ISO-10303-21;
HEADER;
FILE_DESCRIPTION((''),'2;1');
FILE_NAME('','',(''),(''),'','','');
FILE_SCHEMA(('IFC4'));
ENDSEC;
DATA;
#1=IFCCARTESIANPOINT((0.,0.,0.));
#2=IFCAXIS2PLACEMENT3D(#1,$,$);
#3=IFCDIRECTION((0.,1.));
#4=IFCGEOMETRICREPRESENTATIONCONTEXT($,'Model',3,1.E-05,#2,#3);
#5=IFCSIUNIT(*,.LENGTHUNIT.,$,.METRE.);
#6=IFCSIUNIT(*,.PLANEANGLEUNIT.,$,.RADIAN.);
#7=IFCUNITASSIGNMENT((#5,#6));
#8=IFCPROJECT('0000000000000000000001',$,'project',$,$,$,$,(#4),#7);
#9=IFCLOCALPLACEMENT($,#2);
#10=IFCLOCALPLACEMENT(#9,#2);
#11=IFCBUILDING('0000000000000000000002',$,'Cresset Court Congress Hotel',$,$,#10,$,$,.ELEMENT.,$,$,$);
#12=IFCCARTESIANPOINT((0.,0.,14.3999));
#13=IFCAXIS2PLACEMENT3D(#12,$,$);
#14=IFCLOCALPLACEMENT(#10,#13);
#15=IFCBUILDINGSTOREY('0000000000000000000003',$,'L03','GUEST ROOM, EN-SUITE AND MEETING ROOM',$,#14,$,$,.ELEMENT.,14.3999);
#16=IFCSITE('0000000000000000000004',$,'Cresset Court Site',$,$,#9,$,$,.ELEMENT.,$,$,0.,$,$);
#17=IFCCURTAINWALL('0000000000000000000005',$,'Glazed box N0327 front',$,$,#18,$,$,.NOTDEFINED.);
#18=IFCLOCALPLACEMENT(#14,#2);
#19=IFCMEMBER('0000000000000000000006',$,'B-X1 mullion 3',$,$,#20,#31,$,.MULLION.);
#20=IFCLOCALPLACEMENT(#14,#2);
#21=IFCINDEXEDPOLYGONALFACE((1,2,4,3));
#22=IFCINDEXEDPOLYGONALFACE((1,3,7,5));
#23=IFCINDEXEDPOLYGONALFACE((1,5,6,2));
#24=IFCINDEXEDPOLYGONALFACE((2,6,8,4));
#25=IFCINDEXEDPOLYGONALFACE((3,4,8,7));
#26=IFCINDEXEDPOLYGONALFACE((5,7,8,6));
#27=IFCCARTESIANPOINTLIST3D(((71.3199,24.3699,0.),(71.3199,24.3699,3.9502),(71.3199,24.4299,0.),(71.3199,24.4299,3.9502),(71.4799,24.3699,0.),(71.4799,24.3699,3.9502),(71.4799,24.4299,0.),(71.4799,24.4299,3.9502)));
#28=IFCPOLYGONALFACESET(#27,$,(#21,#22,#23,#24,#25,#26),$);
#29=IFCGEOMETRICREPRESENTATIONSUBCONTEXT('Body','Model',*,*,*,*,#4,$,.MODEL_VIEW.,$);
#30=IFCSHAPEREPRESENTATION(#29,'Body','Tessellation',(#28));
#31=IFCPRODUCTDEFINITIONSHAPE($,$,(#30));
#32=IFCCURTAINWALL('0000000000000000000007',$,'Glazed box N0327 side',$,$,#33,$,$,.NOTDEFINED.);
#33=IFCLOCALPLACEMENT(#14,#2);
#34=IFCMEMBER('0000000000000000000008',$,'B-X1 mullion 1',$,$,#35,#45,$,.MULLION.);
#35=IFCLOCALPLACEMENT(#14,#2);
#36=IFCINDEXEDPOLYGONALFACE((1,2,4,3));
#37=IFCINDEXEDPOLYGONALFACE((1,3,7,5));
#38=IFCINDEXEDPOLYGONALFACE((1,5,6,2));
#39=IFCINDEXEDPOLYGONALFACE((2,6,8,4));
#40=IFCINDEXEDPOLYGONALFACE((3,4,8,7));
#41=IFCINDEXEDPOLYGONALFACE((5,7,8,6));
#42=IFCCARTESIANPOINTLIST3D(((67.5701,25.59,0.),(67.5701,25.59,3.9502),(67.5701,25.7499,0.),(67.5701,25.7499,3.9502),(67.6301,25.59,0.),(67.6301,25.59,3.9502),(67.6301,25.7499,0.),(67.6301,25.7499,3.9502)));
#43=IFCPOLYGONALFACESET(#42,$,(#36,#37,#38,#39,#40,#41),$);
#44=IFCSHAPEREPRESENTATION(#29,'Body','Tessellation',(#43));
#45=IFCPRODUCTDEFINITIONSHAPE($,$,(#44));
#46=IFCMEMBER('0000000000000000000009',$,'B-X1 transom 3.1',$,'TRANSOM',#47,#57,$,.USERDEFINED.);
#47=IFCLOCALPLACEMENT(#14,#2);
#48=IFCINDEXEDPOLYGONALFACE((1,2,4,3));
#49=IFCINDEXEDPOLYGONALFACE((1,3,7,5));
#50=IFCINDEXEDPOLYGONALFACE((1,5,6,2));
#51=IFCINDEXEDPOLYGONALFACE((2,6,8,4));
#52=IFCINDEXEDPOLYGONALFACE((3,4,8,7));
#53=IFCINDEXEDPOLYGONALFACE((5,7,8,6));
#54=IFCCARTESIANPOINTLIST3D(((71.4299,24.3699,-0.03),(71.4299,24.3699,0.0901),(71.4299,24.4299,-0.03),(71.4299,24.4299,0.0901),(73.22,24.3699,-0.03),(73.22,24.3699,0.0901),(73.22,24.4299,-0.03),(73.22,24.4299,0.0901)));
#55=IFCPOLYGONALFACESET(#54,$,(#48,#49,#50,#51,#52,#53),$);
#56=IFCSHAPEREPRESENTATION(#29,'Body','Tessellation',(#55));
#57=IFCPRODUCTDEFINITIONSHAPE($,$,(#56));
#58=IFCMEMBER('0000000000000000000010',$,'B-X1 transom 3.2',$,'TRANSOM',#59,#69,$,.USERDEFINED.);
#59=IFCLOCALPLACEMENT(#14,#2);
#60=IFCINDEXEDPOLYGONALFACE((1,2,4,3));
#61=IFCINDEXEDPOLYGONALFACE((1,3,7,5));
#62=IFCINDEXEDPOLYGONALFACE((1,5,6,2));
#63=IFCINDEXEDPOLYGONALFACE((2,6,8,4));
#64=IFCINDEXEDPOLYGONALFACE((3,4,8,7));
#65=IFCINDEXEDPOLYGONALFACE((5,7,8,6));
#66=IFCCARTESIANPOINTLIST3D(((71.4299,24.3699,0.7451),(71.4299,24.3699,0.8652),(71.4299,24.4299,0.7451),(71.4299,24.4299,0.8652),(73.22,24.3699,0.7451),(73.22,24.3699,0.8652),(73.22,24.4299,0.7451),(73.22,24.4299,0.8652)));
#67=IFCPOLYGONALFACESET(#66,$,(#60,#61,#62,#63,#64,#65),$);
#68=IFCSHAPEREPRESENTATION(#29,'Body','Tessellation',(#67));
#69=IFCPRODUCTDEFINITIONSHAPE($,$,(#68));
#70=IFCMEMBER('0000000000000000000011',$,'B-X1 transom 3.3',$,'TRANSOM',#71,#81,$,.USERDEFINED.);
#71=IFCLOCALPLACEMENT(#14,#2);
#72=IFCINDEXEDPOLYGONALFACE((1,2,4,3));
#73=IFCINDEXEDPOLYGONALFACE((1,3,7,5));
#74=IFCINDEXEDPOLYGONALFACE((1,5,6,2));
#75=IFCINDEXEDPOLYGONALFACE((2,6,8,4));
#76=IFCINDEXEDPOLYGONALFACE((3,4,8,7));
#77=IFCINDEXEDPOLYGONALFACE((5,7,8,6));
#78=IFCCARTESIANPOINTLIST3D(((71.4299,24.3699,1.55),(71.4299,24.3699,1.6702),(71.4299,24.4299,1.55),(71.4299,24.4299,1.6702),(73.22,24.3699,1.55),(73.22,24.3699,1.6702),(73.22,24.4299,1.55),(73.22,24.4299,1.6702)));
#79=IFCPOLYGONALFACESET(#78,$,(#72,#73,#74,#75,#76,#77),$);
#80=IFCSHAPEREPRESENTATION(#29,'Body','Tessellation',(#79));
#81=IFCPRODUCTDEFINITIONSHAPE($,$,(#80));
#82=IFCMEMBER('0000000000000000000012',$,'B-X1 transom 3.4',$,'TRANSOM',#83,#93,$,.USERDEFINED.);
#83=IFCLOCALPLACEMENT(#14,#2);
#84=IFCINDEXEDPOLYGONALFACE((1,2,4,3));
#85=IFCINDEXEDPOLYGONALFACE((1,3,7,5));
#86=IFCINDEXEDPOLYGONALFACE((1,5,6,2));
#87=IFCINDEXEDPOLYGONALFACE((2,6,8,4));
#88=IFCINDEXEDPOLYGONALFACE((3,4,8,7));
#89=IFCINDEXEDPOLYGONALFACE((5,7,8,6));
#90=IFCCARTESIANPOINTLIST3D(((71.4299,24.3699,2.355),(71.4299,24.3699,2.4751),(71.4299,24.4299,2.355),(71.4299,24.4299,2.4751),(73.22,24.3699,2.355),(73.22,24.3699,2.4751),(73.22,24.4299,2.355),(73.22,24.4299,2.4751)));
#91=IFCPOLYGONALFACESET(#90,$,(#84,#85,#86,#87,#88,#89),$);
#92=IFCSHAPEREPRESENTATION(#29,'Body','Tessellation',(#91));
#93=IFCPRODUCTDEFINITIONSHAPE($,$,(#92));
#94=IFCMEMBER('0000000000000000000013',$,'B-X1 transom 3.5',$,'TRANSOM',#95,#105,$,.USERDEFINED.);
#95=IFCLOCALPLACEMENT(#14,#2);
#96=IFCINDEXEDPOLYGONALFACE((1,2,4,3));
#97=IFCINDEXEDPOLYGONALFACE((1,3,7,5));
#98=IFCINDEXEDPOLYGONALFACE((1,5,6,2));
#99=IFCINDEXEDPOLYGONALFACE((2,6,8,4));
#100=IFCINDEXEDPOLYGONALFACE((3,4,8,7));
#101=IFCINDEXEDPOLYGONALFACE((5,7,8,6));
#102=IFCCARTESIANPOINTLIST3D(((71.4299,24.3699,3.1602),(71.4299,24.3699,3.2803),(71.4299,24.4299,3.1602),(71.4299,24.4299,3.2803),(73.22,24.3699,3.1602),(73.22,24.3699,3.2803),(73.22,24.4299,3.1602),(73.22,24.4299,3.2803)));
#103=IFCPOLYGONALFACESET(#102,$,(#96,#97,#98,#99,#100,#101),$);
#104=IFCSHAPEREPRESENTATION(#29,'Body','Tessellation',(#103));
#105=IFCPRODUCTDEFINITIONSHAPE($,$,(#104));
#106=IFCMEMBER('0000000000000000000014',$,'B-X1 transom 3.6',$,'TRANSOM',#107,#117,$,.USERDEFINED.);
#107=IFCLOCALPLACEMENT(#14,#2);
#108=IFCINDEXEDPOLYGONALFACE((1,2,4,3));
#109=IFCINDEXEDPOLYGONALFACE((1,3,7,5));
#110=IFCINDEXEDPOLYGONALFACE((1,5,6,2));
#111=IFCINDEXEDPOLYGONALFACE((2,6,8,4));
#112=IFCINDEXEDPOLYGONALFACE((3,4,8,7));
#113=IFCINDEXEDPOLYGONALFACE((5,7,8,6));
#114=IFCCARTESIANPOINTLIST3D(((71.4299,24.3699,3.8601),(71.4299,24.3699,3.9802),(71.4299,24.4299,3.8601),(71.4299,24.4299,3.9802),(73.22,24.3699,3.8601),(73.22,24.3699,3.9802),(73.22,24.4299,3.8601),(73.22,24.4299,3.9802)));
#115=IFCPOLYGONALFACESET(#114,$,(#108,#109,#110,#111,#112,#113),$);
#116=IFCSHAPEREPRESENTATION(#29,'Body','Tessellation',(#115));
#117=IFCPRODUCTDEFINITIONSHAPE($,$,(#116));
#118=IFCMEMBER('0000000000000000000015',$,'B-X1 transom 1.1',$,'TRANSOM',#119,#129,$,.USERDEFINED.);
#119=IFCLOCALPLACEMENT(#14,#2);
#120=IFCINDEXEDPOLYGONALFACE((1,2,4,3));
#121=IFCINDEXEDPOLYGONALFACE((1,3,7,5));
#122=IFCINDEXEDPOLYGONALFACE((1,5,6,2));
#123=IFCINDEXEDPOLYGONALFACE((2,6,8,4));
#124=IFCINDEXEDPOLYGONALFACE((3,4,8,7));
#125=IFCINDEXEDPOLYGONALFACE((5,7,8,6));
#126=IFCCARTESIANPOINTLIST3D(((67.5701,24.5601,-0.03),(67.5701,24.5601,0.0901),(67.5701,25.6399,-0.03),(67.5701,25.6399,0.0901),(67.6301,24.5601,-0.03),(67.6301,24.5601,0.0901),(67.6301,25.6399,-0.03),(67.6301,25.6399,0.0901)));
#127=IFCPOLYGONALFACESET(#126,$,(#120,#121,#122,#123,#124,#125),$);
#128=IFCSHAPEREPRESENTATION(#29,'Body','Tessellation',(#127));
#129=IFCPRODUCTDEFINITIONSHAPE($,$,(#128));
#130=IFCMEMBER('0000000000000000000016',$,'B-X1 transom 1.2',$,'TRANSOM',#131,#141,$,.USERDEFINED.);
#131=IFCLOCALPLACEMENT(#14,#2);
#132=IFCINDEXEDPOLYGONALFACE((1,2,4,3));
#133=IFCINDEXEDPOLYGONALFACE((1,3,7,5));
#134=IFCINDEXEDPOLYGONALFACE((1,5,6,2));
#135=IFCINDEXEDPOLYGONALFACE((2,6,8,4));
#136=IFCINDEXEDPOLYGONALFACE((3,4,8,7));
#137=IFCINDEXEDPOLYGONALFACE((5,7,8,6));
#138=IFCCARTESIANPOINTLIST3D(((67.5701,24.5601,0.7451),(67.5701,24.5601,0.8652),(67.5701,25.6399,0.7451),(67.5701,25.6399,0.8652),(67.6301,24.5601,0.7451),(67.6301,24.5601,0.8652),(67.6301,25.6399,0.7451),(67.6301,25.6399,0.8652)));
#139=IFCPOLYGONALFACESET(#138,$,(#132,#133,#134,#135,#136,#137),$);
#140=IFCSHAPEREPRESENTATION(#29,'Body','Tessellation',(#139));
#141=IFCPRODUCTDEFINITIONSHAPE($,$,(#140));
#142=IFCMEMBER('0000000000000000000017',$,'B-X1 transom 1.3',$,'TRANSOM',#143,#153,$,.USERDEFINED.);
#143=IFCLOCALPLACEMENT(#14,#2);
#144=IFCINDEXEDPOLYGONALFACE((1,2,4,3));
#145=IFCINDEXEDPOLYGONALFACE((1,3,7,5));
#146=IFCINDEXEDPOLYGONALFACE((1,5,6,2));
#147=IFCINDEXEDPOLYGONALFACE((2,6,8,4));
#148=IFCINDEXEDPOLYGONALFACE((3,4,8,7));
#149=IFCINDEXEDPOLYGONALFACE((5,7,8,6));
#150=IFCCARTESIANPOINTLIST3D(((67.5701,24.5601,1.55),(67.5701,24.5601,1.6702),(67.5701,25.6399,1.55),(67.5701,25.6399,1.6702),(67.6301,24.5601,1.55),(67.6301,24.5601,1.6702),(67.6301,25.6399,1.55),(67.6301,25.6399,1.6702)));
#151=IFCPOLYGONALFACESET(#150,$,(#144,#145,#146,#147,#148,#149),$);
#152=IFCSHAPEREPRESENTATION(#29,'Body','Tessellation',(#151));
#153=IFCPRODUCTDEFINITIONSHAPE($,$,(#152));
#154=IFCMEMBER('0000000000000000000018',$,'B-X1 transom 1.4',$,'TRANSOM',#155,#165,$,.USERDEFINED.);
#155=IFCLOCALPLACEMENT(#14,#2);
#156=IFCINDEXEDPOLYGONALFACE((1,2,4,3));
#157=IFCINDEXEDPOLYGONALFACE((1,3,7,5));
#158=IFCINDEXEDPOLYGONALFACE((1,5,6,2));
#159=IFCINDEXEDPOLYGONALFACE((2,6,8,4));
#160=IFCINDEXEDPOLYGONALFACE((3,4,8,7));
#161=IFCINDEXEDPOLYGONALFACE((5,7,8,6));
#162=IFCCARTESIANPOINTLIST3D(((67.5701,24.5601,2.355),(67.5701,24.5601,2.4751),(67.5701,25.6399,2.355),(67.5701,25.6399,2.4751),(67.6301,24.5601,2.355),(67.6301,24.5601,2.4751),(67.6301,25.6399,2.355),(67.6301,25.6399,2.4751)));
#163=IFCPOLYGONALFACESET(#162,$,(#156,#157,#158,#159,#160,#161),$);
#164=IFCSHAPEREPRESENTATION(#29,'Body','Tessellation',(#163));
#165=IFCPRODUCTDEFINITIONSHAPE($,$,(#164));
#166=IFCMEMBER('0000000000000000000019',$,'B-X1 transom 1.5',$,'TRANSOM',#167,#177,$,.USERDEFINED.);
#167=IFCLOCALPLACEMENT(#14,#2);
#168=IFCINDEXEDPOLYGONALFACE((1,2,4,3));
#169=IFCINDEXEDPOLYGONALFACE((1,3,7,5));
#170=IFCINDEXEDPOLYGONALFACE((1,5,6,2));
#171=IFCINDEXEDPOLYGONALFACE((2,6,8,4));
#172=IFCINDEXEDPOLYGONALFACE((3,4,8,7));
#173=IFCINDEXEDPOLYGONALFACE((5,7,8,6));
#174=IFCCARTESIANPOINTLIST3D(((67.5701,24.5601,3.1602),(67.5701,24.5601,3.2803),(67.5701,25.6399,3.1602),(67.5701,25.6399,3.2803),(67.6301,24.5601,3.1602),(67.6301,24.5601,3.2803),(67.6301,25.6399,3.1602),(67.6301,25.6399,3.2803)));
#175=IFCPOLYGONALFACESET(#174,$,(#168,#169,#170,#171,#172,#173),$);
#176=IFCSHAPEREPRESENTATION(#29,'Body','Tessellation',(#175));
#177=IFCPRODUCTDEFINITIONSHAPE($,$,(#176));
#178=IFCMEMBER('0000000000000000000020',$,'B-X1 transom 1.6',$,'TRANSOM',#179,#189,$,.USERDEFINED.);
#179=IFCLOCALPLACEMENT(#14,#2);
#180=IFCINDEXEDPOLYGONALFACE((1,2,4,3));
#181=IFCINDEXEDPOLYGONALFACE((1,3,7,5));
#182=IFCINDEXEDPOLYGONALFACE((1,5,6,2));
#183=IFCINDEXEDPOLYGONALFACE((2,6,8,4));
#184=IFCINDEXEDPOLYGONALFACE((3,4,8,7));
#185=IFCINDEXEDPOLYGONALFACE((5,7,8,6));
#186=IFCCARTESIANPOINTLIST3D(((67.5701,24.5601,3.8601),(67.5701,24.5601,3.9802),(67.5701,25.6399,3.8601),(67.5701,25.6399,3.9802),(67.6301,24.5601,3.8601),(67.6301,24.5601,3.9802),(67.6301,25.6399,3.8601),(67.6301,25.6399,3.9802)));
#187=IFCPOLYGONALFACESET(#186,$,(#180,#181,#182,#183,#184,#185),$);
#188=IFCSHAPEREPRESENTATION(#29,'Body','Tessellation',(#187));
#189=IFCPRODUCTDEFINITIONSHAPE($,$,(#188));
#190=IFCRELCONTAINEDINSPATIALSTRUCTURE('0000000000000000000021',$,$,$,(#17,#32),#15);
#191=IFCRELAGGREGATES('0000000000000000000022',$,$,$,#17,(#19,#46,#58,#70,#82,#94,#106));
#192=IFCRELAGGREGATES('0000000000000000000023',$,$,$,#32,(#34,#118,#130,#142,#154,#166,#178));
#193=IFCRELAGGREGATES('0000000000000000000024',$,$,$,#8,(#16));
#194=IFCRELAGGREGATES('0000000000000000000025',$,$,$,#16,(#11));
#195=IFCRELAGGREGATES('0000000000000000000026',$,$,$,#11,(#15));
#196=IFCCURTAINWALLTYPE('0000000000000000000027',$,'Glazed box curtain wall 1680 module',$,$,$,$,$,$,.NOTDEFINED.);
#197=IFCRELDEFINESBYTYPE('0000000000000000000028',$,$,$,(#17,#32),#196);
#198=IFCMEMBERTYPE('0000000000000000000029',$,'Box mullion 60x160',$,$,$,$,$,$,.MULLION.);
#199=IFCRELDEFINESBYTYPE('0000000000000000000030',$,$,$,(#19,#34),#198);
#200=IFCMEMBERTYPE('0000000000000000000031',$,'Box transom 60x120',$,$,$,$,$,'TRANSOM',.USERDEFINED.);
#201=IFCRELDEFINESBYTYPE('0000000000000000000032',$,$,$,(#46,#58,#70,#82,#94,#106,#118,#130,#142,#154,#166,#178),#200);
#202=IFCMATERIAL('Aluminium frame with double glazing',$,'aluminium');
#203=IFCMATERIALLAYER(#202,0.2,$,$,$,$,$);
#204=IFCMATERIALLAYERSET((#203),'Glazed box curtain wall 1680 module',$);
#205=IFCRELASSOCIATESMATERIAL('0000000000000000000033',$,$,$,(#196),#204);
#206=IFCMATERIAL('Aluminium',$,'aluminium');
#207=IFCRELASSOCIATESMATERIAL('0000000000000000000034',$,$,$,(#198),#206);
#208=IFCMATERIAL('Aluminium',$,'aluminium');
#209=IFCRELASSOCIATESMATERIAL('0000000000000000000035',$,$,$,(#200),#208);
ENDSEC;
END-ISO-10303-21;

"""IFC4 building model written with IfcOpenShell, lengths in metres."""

from ifc_helpers import new_model, si_unit, direction, frame, origin, origin_2d, place, context, subcontext, project, spatial, rectangle, extrude, material, layer, layer_set, material_profile, profile_set, type_object, element, aggregate, save


model = new_model("IFC4")

# Units and contexts
model_context = context("Model", 3, precision=1e-05, world=origin(), true_north=direction((0.0, 1.0)))
body_context = subcontext(model_context, "Body", "Model", "MODEL_VIEW")
ifc_project = project(units=[si_unit("LENGTHUNIT", "METRE"), si_unit("PLANEANGLEUNIT", "RADIAN")], contexts=[model_context])

# Site, building, storey
site_placement = place(None, origin())
site = spatial("IfcSite", under=ifc_project, at=site_placement, Name="Cresset Court Site", CompositionType="ELEMENT", RefElevation=0.0)
building_placement = place(site_placement, origin())
building = spatial("IfcBuilding", under=site, at=building_placement, Name="Cresset Court Congress Hotel", CompositionType="ELEMENT")
storey_placement = place(building_placement, frame((0.0, 0.0, 14.3999)))
storey = spatial("IfcBuildingStorey", under=building, at=storey_placement, Name="L03", Description="GUEST ROOM, EN-SUITE AND MEETING ROOM", CompositionType="ELEMENT", Elevation=14.3999)

# Curtain walls, members
ifc_material_1 = material(Name="Aluminium frame with double glazing", Category="aluminium")
ifc_layer_1 = layer(ifc_material_1, 0.2)
ifc_layer_set_1 = layer_set([ifc_layer_1], Name="Glazed box curtain wall 1680 module")
curtain_wall_type = type_object("IfcCurtainWallType", Name="Glazed box curtain wall 1680 module", PredefinedType="NOTDEFINED", material=ifc_layer_set_1)
curtain_wall_1_placement = place(storey_placement, origin())
curtain_wall_1 = element("IfcCurtainWall", 1, at=curtain_wall_1_placement, inside=storey, type_object=curtain_wall_type, Name="Glazed box N0327 front", PredefinedType="NOTDEFINED")
ifc_material_2 = material(Name="Aluminium", Category="aluminium")
ifc_material_profile_1 = material_profile(ifc_material_2, rectangle(XDim=0.0601, YDim=0.1599, at=origin_2d()), Name="Box mullion 60x160")
ifc_profile_set_1 = profile_set([ifc_material_profile_1], Name="Aluminium")
member_type_1 = type_object("IfcMemberType", Name="Box mullion 60x160", PredefinedType="MULLION", material=ifc_profile_set_1)
member_1_placement = place(storey_placement, frame((71.3999, 24.3999, 0.0), z_axis=(0.0, 0.0, 1.0), x_axis=(0.0, 1.0, 0.0)))
member_1 = element("IfcMember", 2, at=member_1_placement, type_object=member_type_1, Name="B-X1 mullion 3", PredefinedType="MULLION", context=body_context, shape_type="SweptSolid", body=[
    extrude(rectangle(XDim=0.0601, YDim=0.1599, at=origin_2d()), origin(), (0.0, 0.0, 1.0), 3.9502),
])
curtain_wall_2_placement = place(storey_placement, origin())
curtain_wall_2 = element("IfcCurtainWall", 3, at=curtain_wall_2_placement, inside=storey, type_object=curtain_wall_type, Name="Glazed box N0327 side", PredefinedType="NOTDEFINED")
member_2_placement = place(storey_placement, frame((67.6001, 25.6699, 0.0), z_axis=(0.0, 0.0, 1.0), x_axis=(1.0, 0.0, 0.0)))
member_2 = element("IfcMember", 4, at=member_2_placement, type_object=member_type_1, Name="B-X1 mullion 1", PredefinedType="MULLION", context=body_context, shape_type="SweptSolid", body=[
    extrude(rectangle(XDim=0.0601, YDim=0.1599, at=origin_2d()), origin(), (0.0, 0.0, 1.0), 3.9502),
])

# Members
ifc_material_3 = material(Name="Aluminium", Category="aluminium")
ifc_material_profile_2 = material_profile(ifc_material_3, rectangle(XDim=0.0601, YDim=0.1201, at=origin_2d()), Name="Box transom 60x120")
ifc_profile_set_2 = profile_set([ifc_material_profile_2], Name="Aluminium")
member_type_2 = type_object("IfcMemberType", Name="Box transom 60x120", ElementType="TRANSOM", PredefinedType="USERDEFINED", material=ifc_profile_set_2)
member_3_placement = place(storey_placement, frame((71.4299, 24.3999, 0.03), z_axis=(1.0, 0.0, 0.0), x_axis=(0.0, 1.0, 0.0)))
member_3 = element("IfcMember", 5, at=member_3_placement, type_object=member_type_2, Name="B-X1 transom 3.1", ObjectType="TRANSOM", PredefinedType="USERDEFINED", context=body_context, shape_type="SweptSolid", body=[
    extrude(rectangle(XDim=0.0601, YDim=0.1201, at=origin_2d()), origin(), (0.0, 0.0, 1.0), 1.79),
])
member_4_placement = place(storey_placement, frame((71.4299, 24.3999, 0.8052), z_axis=(1.0, 0.0, 0.0), x_axis=(0.0, 1.0, 0.0)))
member_4 = element("IfcMember", 6, at=member_4_placement, type_object=member_type_2, Name="B-X1 transom 3.2", ObjectType="TRANSOM", PredefinedType="USERDEFINED", context=body_context, shape_type="SweptSolid", body=[
    extrude(rectangle(XDim=0.0601, YDim=0.1201, at=origin_2d()), origin(), (0.0, 0.0, 1.0), 1.79),
])
member_5_placement = place(storey_placement, frame((71.4299, 24.3999, 1.6101), z_axis=(1.0, 0.0, 0.0), x_axis=(0.0, 1.0, 0.0)))
member_5 = element("IfcMember", 7, at=member_5_placement, type_object=member_type_2, Name="B-X1 transom 3.3", ObjectType="TRANSOM", PredefinedType="USERDEFINED", context=body_context, shape_type="SweptSolid", body=[
    extrude(rectangle(XDim=0.0601, YDim=0.1201, at=origin_2d()), origin(), (0.0, 0.0, 1.0), 1.79),
])
member_6_placement = place(storey_placement, frame((71.4299, 24.3999, 2.415), z_axis=(1.0, 0.0, 0.0), x_axis=(0.0, 1.0, 0.0)))
member_6 = element("IfcMember", 8, at=member_6_placement, type_object=member_type_2, Name="B-X1 transom 3.4", ObjectType="TRANSOM", PredefinedType="USERDEFINED", context=body_context, shape_type="SweptSolid", body=[
    extrude(rectangle(XDim=0.0601, YDim=0.1201, at=origin_2d()), origin(), (0.0, 0.0, 1.0), 1.79),
])
member_7_placement = place(storey_placement, frame((71.4299, 24.3999, 3.2202), z_axis=(1.0, 0.0, 0.0), x_axis=(0.0, 1.0, 0.0)))
member_7 = element("IfcMember", 9, at=member_7_placement, type_object=member_type_2, Name="B-X1 transom 3.5", ObjectType="TRANSOM", PredefinedType="USERDEFINED", context=body_context, shape_type="SweptSolid", body=[
    extrude(rectangle(XDim=0.0601, YDim=0.1201, at=origin_2d()), origin(), (0.0, 0.0, 1.0), 1.79),
])
member_8_placement = place(storey_placement, frame((71.4299, 24.3999, 3.9202), z_axis=(1.0, 0.0, 0.0), x_axis=(0.0, 1.0, 0.0)))
member_8 = element("IfcMember", 10, at=member_8_placement, type_object=member_type_2, Name="B-X1 transom 3.6", ObjectType="TRANSOM", PredefinedType="USERDEFINED", context=body_context, shape_type="SweptSolid", body=[
    extrude(rectangle(XDim=0.0601, YDim=0.1201, at=origin_2d()), origin(), (0.0, 0.0, 1.0), 1.79),
])
member_9_placement = place(storey_placement, frame((67.6001, 25.6399, 0.03), z_axis=(0.0, -1.0, 0.0), x_axis=(1.0, 0.0, 0.0)))
member_9 = element("IfcMember", 11, at=member_9_placement, type_object=member_type_2, Name="B-X1 transom 1.1", ObjectType="TRANSOM", PredefinedType="USERDEFINED", context=body_context, shape_type="SweptSolid", body=[
    extrude(rectangle(XDim=0.0601, YDim=0.1201, at=origin_2d()), origin(), (0.0, 0.0, 1.0), 1.0798),
])
member_10_placement = place(storey_placement, frame((67.6001, 25.6399, 0.8052), z_axis=(0.0, -1.0, 0.0), x_axis=(1.0, 0.0, 0.0)))
member_10 = element("IfcMember", 12, at=member_10_placement, type_object=member_type_2, Name="B-X1 transom 1.2", ObjectType="TRANSOM", PredefinedType="USERDEFINED", context=body_context, shape_type="SweptSolid", body=[
    extrude(rectangle(XDim=0.0601, YDim=0.1201, at=origin_2d()), origin(), (0.0, 0.0, 1.0), 1.0798),
])
member_11_placement = place(storey_placement, frame((67.6001, 25.6399, 1.6101), z_axis=(0.0, -1.0, 0.0), x_axis=(1.0, 0.0, 0.0)))
member_11 = element("IfcMember", 13, at=member_11_placement, type_object=member_type_2, Name="B-X1 transom 1.3", ObjectType="TRANSOM", PredefinedType="USERDEFINED", context=body_context, shape_type="SweptSolid", body=[
    extrude(rectangle(XDim=0.0601, YDim=0.1201, at=origin_2d()), origin(), (0.0, 0.0, 1.0), 1.0798),
])
member_12_placement = place(storey_placement, frame((67.6001, 25.6399, 2.415), z_axis=(0.0, -1.0, 0.0), x_axis=(1.0, 0.0, 0.0)))
member_12 = element("IfcMember", 14, at=member_12_placement, type_object=member_type_2, Name="B-X1 transom 1.4", ObjectType="TRANSOM", PredefinedType="USERDEFINED", context=body_context, shape_type="SweptSolid", body=[
    extrude(rectangle(XDim=0.0601, YDim=0.1201, at=origin_2d()), origin(), (0.0, 0.0, 1.0), 1.0798),
])
member_13_placement = place(storey_placement, frame((67.6001, 25.6399, 3.2202), z_axis=(0.0, -1.0, 0.0), x_axis=(1.0, 0.0, 0.0)))
member_13 = element("IfcMember", 15, at=member_13_placement, type_object=member_type_2, Name="B-X1 transom 1.5", ObjectType="TRANSOM", PredefinedType="USERDEFINED", context=body_context, shape_type="SweptSolid", body=[
    extrude(rectangle(XDim=0.0601, YDim=0.1201, at=origin_2d()), origin(), (0.0, 0.0, 1.0), 1.0798),
])
member_14_placement = place(storey_placement, frame((67.6001, 25.6399, 3.9202), z_axis=(0.0, -1.0, 0.0), x_axis=(1.0, 0.0, 0.0)))
member_14 = element("IfcMember", 16, at=member_14_placement, type_object=member_type_2, Name="B-X1 transom 1.6", ObjectType="TRANSOM", PredefinedType="USERDEFINED", context=body_context, shape_type="SweptSolid", body=[
    extrude(rectangle(XDim=0.0601, YDim=0.1201, at=origin_2d()), origin(), (0.0, 0.0, 1.0), 1.0798),
])

aggregate(curtain_wall_1, [member_1, member_3, member_4, member_5, member_6, member_7, member_8])
aggregate(curtain_wall_2, [member_2, member_9, member_10, member_11, member_12, member_13, member_14])

save(model, "model.ifc")
